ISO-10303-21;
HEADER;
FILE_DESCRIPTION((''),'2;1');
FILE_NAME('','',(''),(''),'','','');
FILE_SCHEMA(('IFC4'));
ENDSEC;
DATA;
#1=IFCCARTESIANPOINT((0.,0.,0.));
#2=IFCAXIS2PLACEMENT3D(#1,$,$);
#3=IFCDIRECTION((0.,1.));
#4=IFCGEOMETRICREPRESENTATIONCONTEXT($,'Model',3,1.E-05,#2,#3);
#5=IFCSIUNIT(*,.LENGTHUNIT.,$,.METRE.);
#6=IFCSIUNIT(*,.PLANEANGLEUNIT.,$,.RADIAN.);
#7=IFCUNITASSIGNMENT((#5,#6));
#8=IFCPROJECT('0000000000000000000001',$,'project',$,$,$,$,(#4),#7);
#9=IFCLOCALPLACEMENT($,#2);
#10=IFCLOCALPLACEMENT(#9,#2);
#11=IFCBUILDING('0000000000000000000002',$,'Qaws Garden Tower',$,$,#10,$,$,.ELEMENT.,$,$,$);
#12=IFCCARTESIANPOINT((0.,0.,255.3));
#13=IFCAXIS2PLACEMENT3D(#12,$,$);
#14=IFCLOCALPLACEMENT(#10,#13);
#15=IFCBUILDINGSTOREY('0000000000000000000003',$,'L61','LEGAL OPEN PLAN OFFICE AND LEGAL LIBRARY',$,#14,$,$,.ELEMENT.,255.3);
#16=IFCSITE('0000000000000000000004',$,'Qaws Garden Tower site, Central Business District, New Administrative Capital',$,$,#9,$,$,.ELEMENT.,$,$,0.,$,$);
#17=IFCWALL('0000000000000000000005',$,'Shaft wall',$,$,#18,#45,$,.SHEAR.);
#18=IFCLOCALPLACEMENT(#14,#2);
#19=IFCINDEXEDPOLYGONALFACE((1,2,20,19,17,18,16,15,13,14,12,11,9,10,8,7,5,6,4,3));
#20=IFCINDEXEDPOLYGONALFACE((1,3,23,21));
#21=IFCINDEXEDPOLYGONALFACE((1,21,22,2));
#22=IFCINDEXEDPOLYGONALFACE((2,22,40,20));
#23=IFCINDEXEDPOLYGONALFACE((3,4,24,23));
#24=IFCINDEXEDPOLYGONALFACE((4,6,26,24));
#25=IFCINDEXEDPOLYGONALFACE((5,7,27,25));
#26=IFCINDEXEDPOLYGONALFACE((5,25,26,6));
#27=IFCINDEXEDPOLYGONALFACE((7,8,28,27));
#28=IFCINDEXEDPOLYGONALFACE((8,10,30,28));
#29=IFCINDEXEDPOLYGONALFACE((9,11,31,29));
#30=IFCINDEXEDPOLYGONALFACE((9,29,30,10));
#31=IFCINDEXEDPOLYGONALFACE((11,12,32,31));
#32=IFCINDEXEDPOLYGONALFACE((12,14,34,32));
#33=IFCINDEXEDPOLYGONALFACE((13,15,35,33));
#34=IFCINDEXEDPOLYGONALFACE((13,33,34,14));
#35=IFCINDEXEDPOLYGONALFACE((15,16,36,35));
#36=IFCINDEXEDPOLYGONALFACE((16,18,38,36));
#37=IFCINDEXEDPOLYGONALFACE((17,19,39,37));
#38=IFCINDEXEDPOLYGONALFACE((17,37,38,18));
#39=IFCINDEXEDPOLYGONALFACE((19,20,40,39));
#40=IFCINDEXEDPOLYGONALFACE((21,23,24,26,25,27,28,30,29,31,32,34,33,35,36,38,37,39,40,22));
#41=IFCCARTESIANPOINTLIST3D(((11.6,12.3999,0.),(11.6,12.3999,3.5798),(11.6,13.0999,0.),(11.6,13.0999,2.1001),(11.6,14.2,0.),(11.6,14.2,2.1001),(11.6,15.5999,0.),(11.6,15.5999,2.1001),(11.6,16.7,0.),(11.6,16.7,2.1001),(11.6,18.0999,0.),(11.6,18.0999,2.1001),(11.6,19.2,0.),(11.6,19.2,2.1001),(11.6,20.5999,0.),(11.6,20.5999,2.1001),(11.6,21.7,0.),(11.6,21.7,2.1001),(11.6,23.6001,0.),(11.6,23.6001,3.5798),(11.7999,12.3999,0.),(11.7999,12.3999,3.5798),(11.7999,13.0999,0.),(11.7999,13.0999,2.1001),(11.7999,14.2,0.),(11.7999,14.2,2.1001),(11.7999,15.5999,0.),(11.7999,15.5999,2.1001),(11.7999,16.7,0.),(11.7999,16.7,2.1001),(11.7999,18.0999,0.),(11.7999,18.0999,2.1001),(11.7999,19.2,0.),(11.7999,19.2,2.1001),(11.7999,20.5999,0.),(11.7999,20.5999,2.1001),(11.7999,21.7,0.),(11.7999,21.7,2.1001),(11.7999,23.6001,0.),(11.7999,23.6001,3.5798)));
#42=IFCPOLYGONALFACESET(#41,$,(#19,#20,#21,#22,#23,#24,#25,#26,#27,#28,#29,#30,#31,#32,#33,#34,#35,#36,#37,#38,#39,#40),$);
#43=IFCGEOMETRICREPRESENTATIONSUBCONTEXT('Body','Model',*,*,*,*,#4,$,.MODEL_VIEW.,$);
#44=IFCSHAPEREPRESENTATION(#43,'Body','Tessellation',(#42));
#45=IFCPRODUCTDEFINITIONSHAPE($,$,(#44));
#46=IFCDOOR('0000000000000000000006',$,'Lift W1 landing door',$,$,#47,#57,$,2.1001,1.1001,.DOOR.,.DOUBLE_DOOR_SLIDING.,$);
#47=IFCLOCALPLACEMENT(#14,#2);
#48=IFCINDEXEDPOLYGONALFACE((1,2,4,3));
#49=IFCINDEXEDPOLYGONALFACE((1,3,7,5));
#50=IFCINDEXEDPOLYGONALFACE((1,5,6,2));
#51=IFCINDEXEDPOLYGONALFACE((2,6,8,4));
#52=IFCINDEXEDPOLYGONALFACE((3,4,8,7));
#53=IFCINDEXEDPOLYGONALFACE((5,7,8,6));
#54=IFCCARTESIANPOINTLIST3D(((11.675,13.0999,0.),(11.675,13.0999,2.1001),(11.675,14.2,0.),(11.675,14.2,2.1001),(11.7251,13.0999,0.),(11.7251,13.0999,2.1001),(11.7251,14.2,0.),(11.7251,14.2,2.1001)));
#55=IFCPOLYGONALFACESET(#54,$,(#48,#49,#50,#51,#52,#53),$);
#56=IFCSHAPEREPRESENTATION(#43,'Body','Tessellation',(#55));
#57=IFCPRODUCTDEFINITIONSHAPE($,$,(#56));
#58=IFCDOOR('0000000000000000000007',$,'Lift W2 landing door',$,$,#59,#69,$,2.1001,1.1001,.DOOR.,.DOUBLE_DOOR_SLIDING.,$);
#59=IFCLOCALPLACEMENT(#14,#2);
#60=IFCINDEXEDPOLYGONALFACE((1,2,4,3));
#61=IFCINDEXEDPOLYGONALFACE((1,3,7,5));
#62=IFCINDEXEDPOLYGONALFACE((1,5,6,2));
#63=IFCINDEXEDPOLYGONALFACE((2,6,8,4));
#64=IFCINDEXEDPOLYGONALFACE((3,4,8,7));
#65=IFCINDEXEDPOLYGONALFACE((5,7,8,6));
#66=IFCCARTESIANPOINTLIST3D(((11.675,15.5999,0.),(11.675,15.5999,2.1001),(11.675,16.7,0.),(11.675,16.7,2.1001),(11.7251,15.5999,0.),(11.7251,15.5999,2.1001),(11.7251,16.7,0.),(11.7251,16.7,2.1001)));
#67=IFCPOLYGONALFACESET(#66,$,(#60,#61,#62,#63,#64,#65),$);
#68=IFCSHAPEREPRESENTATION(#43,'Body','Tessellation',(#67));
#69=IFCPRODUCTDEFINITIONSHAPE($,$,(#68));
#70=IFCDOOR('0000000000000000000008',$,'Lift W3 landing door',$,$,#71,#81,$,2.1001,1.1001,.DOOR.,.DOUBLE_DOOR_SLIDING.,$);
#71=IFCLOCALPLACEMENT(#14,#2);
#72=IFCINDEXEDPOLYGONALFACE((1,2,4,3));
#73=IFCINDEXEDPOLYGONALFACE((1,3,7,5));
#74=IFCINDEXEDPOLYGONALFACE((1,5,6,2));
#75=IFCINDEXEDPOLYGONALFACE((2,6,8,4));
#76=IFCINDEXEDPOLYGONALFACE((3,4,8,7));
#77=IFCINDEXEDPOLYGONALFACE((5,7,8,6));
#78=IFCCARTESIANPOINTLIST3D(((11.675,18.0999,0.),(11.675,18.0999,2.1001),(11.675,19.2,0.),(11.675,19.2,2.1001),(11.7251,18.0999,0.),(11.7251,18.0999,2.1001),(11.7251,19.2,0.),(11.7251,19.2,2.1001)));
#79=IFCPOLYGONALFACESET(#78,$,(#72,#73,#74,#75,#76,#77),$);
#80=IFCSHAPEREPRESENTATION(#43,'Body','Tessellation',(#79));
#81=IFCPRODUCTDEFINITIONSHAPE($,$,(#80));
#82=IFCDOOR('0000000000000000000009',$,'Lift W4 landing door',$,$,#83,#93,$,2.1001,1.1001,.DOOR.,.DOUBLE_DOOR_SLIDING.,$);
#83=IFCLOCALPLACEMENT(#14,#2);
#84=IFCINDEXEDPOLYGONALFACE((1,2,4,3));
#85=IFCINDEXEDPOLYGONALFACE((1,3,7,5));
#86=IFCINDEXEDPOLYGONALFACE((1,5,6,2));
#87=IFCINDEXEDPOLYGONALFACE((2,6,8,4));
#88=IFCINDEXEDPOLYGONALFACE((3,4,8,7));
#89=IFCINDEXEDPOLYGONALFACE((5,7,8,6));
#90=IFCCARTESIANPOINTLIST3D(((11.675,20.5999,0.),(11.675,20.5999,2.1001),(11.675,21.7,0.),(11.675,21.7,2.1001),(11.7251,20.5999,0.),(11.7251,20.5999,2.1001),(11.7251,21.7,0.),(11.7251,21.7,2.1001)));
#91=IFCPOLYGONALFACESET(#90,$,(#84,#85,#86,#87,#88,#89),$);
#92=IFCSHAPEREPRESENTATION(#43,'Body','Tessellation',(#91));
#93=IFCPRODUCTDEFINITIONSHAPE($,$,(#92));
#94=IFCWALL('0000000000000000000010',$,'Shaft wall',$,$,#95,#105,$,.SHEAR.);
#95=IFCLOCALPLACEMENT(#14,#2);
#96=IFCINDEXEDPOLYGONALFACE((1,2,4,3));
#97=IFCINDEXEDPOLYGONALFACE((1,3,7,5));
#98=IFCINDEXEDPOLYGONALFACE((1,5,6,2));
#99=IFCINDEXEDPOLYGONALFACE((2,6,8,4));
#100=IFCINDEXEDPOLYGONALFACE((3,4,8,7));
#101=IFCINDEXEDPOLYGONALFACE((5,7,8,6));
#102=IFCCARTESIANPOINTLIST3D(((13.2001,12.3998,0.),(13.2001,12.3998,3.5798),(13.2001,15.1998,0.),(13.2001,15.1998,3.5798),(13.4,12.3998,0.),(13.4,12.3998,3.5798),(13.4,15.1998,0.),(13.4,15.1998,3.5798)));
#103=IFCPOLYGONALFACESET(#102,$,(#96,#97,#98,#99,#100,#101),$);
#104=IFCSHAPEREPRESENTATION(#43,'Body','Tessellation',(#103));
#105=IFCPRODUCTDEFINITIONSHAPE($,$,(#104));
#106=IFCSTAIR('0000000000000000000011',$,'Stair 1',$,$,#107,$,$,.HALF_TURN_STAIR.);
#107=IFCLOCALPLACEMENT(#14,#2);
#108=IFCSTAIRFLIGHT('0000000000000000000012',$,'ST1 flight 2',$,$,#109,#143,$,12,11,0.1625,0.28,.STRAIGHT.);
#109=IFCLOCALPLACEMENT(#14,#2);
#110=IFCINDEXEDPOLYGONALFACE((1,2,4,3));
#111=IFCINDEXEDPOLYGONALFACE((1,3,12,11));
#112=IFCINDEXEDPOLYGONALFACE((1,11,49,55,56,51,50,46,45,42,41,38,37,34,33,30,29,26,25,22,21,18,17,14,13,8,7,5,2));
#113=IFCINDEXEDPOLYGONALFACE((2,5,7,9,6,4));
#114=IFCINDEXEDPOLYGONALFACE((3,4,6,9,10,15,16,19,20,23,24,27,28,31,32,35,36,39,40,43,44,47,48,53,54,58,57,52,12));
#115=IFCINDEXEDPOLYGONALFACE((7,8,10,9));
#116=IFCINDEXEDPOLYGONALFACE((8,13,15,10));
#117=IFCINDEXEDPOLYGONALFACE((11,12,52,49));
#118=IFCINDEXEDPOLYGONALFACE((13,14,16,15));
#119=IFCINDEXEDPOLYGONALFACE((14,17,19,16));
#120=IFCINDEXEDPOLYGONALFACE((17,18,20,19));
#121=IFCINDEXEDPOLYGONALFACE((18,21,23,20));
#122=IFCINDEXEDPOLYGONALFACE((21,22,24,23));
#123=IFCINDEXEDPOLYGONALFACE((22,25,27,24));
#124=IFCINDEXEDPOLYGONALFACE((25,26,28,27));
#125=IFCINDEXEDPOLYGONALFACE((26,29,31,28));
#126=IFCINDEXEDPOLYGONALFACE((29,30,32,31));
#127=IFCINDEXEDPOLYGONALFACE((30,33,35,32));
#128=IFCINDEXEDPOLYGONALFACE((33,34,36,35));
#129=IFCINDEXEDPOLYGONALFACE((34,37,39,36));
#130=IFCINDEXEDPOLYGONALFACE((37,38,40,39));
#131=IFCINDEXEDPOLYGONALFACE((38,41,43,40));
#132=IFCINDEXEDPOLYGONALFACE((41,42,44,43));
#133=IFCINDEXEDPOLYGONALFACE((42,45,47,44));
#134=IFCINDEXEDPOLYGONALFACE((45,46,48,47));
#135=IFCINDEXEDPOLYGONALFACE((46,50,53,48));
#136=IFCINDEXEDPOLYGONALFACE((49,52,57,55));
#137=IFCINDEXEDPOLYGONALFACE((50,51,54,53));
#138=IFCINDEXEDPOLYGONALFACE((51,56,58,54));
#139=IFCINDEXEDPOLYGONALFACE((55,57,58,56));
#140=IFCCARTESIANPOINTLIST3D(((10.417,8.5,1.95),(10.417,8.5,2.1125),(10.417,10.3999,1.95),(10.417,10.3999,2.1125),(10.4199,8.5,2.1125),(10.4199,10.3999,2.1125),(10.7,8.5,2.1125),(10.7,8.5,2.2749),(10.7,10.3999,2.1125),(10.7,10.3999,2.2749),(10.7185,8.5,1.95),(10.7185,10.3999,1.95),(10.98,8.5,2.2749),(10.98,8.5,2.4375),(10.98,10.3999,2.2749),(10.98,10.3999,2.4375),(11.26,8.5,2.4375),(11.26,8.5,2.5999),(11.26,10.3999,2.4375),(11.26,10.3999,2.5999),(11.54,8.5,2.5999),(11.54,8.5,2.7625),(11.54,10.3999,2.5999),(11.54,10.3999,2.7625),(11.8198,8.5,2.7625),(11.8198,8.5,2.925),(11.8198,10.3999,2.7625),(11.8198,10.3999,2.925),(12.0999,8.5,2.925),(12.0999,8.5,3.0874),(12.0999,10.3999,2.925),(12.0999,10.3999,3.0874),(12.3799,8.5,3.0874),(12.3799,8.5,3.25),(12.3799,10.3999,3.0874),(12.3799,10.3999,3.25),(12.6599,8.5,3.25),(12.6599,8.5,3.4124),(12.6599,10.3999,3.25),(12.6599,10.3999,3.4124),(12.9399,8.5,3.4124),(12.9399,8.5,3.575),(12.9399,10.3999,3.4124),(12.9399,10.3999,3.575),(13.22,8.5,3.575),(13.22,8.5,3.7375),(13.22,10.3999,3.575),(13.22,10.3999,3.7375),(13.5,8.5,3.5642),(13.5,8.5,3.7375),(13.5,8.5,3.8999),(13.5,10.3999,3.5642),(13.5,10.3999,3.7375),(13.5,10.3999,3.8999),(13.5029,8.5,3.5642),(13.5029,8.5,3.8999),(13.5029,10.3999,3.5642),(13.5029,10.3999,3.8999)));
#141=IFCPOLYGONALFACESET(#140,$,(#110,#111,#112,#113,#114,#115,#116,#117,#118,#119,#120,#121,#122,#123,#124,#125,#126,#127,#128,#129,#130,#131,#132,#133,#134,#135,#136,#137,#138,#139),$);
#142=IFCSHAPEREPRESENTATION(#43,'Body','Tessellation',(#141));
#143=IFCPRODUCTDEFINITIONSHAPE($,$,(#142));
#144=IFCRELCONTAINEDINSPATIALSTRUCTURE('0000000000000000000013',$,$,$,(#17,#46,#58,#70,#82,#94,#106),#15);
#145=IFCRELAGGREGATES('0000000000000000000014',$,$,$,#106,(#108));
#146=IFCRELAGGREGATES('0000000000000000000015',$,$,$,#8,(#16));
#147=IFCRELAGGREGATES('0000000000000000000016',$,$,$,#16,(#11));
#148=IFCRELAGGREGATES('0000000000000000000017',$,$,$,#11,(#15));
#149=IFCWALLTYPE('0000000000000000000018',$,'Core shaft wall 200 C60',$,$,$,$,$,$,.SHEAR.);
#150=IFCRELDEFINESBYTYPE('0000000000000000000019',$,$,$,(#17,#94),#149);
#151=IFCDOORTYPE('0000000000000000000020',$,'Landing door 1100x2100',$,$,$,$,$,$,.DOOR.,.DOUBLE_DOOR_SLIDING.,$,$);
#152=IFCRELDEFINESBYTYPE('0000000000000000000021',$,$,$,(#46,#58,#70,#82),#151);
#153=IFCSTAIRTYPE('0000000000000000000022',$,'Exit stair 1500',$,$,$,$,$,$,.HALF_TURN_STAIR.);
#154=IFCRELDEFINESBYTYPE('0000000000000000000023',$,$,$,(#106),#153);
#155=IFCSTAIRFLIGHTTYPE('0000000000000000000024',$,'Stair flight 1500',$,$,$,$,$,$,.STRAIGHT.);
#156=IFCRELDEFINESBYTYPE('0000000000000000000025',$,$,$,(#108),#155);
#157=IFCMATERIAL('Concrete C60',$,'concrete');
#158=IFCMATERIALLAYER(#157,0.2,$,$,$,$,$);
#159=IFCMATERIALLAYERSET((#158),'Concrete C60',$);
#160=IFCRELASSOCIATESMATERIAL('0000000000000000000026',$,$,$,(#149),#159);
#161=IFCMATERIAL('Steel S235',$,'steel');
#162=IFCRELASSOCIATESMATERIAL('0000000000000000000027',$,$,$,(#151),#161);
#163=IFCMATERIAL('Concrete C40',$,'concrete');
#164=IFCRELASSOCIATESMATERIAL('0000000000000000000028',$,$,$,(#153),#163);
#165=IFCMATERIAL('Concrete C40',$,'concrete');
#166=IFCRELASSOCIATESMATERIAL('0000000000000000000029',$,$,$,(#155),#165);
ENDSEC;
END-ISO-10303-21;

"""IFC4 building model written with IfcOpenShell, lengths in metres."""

from ifc_helpers import new_model, si_unit, direction, frame, frame_2d, origin, place, context, subcontext, project, spatial, polyline, rectangle, outline, extrude, material, layer, layer_set, type_object, element, fill, aggregate, save


model = new_model("IFC4")

# Units and contexts
model_context = context("Model", 3, precision=1e-05, world=origin(), true_north=direction((0.0, 1.0)))
body_context = subcontext(model_context, "Body", "Model", "MODEL_VIEW")
ifc_project = project(units=[si_unit("LENGTHUNIT", "METRE"), si_unit("PLANEANGLEUNIT", "RADIAN")], contexts=[model_context])

# Site, building, storey
site_placement = place(None, origin())
site = spatial("IfcSite", under=ifc_project, at=site_placement, Name="Qaws Garden Tower site, Central Business District, New Administrative Capital", CompositionType="ELEMENT", RefElevation=0.0)
building_placement = place(site_placement, origin())
building = spatial("IfcBuilding", under=site, at=building_placement, Name="Qaws Garden Tower", CompositionType="ELEMENT")
storey_placement = place(building_placement, frame((0.0, 0.0, 255.3)))
storey = spatial("IfcBuildingStorey", under=building, at=storey_placement, Name="L61", Description="LEGAL OPEN PLAN OFFICE AND LEGAL LIBRARY", CompositionType="ELEMENT", Elevation=255.3)

# Shared definitions
ifc_material_1 = material(Name="Concrete C60", Category="concrete")
ifc_layer_1 = layer(ifc_material_1, 0.2)
ifc_layer_set_1 = layer_set([ifc_layer_1], Name="Concrete C60")
wall_type_1 = type_object("IfcWallType", Name="Core shaft wall 200 C60", PredefinedType="SHEAR", material=ifc_layer_set_1)

# Wall, openings, doors
wall_1_placement = place(storey_placement, frame((11.7, 12.3999, 0.0), z_axis=(0.0, 0.0, 1.0), x_axis=(0.0, 1.0, 0.0)))
wall_1 = element("IfcWall", 1, at=wall_1_placement, inside=storey, type_object=wall_type_1, Name="Shaft wall", PredefinedType="SHEAR", context=body_context, shape_type="SweptSolid", body=[
    extrude(rectangle(XDim=11.2002, YDim=0.2, at=frame_2d((5.6001, 0.0))), origin(), (0.0, 0.0, 1.0), 3.5798),
])
opening_1_placement = place(wall_1_placement, frame((0.7, 0.0, 0.0)))
opening_1 = element("IfcOpeningElement", 2, at=opening_1_placement, cuts=wall_1, PredefinedType="OPENING", context=body_context, shape_type="SweptSolid", body=[
    extrude(rectangle(XDim=1.1001, YDim=2.1001, at=frame_2d((0.55, 1.05))), frame((0.0, 0.1099, 0.0), z_axis=(0.0, -1.0, 0.0), x_axis=(1.0, 0.0, 0.0)), (0.0, 0.0, 1.0), 0.22),
])
opening_2_placement = place(wall_1_placement, frame((3.2, 0.0, 0.0)))
opening_2 = element("IfcOpeningElement", 3, at=opening_2_placement, cuts=wall_1, PredefinedType="OPENING", context=body_context, shape_type="SweptSolid", body=[
    extrude(rectangle(XDim=1.1001, YDim=2.1001, at=frame_2d((0.55, 1.05))), frame((0.0, 0.1099, 0.0), z_axis=(0.0, -1.0, 0.0), x_axis=(1.0, 0.0, 0.0)), (0.0, 0.0, 1.0), 0.22),
])
opening_3_placement = place(wall_1_placement, frame((5.7, 0.0, 0.0)))
opening_3 = element("IfcOpeningElement", 4, at=opening_3_placement, cuts=wall_1, PredefinedType="OPENING", context=body_context, shape_type="SweptSolid", body=[
    extrude(rectangle(XDim=1.1001, YDim=2.1001, at=frame_2d((0.55, 1.05))), frame((0.0, 0.1099, 0.0), z_axis=(0.0, -1.0, 0.0), x_axis=(1.0, 0.0, 0.0)), (0.0, 0.0, 1.0), 0.22),
])
opening_4_placement = place(wall_1_placement, frame((8.2, 0.0, 0.0)))
opening_4 = element("IfcOpeningElement", 5, at=opening_4_placement, cuts=wall_1, PredefinedType="OPENING", context=body_context, shape_type="SweptSolid", body=[
    extrude(rectangle(XDim=1.1001, YDim=2.1001, at=frame_2d((0.55, 1.05))), frame((0.0, 0.1099, 0.0), z_axis=(0.0, -1.0, 0.0), x_axis=(1.0, 0.0, 0.0)), (0.0, 0.0, 1.0), 0.22),
])
ifc_material_2 = material(Name="Steel S235", Category="steel")
door_type = type_object("IfcDoorType", Name="Landing door 1100x2100", OperationType="DOUBLE_DOOR_SLIDING", PredefinedType="DOOR", material=ifc_material_2)
door_1_placement = place(opening_1_placement, origin())
door_1 = element("IfcDoor", 6, at=door_1_placement, inside=storey, type_object=door_type, Name="Lift W1 landing door", OperationType="DOUBLE_DOOR_SLIDING", OverallHeight=2.1001, OverallWidth=1.1001, PredefinedType="DOOR", context=body_context, shape_type="SweptSolid", body=[
    extrude(rectangle(XDim=1.1001, YDim=2.1001, at=frame_2d((0.55, 1.05))), frame((0.0, 0.0249, 0.0), z_axis=(0.0, -1.0, 0.0), x_axis=(1.0, 0.0, 0.0)), (0.0, 0.0, 1.0), 0.05),
])
fill(opening_1, door_1)
door_2_placement = place(opening_2_placement, origin())
door_2 = element("IfcDoor", 7, at=door_2_placement, inside=storey, type_object=door_type, Name="Lift W2 landing door", OperationType="DOUBLE_DOOR_SLIDING", OverallHeight=2.1001, OverallWidth=1.1001, PredefinedType="DOOR", context=body_context, shape_type="SweptSolid", body=[
    extrude(rectangle(XDim=1.1001, YDim=2.1001, at=frame_2d((0.55, 1.05))), frame((0.0, 0.0249, 0.0), z_axis=(0.0, -1.0, 0.0), x_axis=(1.0, 0.0, 0.0)), (0.0, 0.0, 1.0), 0.05),
])
fill(opening_2, door_2)
door_3_placement = place(opening_3_placement, origin())
door_3 = element("IfcDoor", 8, at=door_3_placement, inside=storey, type_object=door_type, Name="Lift W3 landing door", OperationType="DOUBLE_DOOR_SLIDING", OverallHeight=2.1001, OverallWidth=1.1001, PredefinedType="DOOR", context=body_context, shape_type="SweptSolid", body=[
    extrude(rectangle(XDim=1.1001, YDim=2.1001, at=frame_2d((0.55, 1.05))), frame((0.0, 0.0249, 0.0), z_axis=(0.0, -1.0, 0.0), x_axis=(1.0, 0.0, 0.0)), (0.0, 0.0, 1.0), 0.05),
])
fill(opening_3, door_3)
door_4_placement = place(opening_4_placement, origin())
door_4 = element("IfcDoor", 9, at=door_4_placement, inside=storey, type_object=door_type, Name="Lift W4 landing door", OperationType="DOUBLE_DOOR_SLIDING", OverallHeight=2.1001, OverallWidth=1.1001, PredefinedType="DOOR", context=body_context, shape_type="SweptSolid", body=[
    extrude(rectangle(XDim=1.1001, YDim=2.1001, at=frame_2d((0.55, 1.05))), frame((0.0, 0.0249, 0.0), z_axis=(0.0, -1.0, 0.0), x_axis=(1.0, 0.0, 0.0)), (0.0, 0.0, 1.0), 0.05),
])
fill(opening_4, door_4)

# Wall
wall_2_placement = place(storey_placement, frame((13.3, 12.3999, 0.0), z_axis=(0.0, 0.0, 1.0), x_axis=(0.0, 1.0, 0.0)))
element("IfcWall", 10, at=wall_2_placement, inside=storey, type_object=wall_type_1, Name="Shaft wall", PredefinedType="SHEAR", context=body_context, shape_type="SweptSolid", body=[
    extrude(rectangle(XDim=2.8, YDim=0.2, at=frame_2d((1.3999, 0.0))), origin(), (0.0, 0.0, 1.0), 3.5798),
])

# Stair, stair flight
ifc_material_3 = material(Name="Concrete C40", Category="concrete")
stair_type = type_object("IfcStairType", Name="Exit stair 1500", PredefinedType="HALF_TURN_STAIR", material=ifc_material_3)
stair_placement = place(storey_placement, origin())
stair = element("IfcStair", 11, at=stair_placement, inside=storey, type_object=stair_type, Name="Stair 1", PredefinedType="HALF_TURN_STAIR")
ifc_material_4 = material(Name="Concrete C40", Category="concrete")
stair_flight_type = type_object("IfcStairFlightType", Name="Stair flight 1500", PredefinedType="STRAIGHT", material=ifc_material_4)
stair_flight_placement = place(storey_placement, frame((10.4199, 9.45, 1.95), z_axis=(0.0, 0.0, 1.0), x_axis=(1.0, 0.0, 0.0)))
stair_flight = element("IfcStairFlight", 12, at=stair_flight_placement, type_object=stair_flight_type, Name="ST1 flight 2", NumberOfRisers=12, NumberOfTreads=11, PredefinedType="STRAIGHT", RiserHeight=0.1625, TreadLength=0.28, context=body_context, shape_type="SweptSolid", body=[
    extrude(outline(polyline([(-0.0029, 0.0), (-0.0029, 0.1626), (0.0, 0.1626), (0.28, 0.1626), (0.28, 0.325), (0.5601, 0.325), (0.5601, 0.4875), (0.8401, 0.4875), (0.8401, 0.6499), (1.1201, 0.6499), (1.1201, 0.8125), (1.3999, 0.8125), (1.3999, 0.9751), (1.6799, 0.9751), (1.6799, 1.1375), (1.96, 1.1375), (1.96, 1.3), (2.24, 1.3), (2.24, 1.4624), (2.52, 1.4624), (2.52, 1.625), (2.8, 1.625), (2.8, 1.7876), (3.0801, 1.7876), (3.0801, 1.95), (3.083, 1.95), (3.083, 1.6143), (3.0801, 1.6143), (0.2986, 0.0), (-0.0029, 0.0)])), frame((0.0, 0.95, 0.0), z_axis=(0.0, -1.0, 0.0), x_axis=(1.0, 0.0, 0.0)), (0.0, 0.0, 1.0), 1.8999),
])
aggregate(stair, [stair_flight])

save(model, "model.ifc")
